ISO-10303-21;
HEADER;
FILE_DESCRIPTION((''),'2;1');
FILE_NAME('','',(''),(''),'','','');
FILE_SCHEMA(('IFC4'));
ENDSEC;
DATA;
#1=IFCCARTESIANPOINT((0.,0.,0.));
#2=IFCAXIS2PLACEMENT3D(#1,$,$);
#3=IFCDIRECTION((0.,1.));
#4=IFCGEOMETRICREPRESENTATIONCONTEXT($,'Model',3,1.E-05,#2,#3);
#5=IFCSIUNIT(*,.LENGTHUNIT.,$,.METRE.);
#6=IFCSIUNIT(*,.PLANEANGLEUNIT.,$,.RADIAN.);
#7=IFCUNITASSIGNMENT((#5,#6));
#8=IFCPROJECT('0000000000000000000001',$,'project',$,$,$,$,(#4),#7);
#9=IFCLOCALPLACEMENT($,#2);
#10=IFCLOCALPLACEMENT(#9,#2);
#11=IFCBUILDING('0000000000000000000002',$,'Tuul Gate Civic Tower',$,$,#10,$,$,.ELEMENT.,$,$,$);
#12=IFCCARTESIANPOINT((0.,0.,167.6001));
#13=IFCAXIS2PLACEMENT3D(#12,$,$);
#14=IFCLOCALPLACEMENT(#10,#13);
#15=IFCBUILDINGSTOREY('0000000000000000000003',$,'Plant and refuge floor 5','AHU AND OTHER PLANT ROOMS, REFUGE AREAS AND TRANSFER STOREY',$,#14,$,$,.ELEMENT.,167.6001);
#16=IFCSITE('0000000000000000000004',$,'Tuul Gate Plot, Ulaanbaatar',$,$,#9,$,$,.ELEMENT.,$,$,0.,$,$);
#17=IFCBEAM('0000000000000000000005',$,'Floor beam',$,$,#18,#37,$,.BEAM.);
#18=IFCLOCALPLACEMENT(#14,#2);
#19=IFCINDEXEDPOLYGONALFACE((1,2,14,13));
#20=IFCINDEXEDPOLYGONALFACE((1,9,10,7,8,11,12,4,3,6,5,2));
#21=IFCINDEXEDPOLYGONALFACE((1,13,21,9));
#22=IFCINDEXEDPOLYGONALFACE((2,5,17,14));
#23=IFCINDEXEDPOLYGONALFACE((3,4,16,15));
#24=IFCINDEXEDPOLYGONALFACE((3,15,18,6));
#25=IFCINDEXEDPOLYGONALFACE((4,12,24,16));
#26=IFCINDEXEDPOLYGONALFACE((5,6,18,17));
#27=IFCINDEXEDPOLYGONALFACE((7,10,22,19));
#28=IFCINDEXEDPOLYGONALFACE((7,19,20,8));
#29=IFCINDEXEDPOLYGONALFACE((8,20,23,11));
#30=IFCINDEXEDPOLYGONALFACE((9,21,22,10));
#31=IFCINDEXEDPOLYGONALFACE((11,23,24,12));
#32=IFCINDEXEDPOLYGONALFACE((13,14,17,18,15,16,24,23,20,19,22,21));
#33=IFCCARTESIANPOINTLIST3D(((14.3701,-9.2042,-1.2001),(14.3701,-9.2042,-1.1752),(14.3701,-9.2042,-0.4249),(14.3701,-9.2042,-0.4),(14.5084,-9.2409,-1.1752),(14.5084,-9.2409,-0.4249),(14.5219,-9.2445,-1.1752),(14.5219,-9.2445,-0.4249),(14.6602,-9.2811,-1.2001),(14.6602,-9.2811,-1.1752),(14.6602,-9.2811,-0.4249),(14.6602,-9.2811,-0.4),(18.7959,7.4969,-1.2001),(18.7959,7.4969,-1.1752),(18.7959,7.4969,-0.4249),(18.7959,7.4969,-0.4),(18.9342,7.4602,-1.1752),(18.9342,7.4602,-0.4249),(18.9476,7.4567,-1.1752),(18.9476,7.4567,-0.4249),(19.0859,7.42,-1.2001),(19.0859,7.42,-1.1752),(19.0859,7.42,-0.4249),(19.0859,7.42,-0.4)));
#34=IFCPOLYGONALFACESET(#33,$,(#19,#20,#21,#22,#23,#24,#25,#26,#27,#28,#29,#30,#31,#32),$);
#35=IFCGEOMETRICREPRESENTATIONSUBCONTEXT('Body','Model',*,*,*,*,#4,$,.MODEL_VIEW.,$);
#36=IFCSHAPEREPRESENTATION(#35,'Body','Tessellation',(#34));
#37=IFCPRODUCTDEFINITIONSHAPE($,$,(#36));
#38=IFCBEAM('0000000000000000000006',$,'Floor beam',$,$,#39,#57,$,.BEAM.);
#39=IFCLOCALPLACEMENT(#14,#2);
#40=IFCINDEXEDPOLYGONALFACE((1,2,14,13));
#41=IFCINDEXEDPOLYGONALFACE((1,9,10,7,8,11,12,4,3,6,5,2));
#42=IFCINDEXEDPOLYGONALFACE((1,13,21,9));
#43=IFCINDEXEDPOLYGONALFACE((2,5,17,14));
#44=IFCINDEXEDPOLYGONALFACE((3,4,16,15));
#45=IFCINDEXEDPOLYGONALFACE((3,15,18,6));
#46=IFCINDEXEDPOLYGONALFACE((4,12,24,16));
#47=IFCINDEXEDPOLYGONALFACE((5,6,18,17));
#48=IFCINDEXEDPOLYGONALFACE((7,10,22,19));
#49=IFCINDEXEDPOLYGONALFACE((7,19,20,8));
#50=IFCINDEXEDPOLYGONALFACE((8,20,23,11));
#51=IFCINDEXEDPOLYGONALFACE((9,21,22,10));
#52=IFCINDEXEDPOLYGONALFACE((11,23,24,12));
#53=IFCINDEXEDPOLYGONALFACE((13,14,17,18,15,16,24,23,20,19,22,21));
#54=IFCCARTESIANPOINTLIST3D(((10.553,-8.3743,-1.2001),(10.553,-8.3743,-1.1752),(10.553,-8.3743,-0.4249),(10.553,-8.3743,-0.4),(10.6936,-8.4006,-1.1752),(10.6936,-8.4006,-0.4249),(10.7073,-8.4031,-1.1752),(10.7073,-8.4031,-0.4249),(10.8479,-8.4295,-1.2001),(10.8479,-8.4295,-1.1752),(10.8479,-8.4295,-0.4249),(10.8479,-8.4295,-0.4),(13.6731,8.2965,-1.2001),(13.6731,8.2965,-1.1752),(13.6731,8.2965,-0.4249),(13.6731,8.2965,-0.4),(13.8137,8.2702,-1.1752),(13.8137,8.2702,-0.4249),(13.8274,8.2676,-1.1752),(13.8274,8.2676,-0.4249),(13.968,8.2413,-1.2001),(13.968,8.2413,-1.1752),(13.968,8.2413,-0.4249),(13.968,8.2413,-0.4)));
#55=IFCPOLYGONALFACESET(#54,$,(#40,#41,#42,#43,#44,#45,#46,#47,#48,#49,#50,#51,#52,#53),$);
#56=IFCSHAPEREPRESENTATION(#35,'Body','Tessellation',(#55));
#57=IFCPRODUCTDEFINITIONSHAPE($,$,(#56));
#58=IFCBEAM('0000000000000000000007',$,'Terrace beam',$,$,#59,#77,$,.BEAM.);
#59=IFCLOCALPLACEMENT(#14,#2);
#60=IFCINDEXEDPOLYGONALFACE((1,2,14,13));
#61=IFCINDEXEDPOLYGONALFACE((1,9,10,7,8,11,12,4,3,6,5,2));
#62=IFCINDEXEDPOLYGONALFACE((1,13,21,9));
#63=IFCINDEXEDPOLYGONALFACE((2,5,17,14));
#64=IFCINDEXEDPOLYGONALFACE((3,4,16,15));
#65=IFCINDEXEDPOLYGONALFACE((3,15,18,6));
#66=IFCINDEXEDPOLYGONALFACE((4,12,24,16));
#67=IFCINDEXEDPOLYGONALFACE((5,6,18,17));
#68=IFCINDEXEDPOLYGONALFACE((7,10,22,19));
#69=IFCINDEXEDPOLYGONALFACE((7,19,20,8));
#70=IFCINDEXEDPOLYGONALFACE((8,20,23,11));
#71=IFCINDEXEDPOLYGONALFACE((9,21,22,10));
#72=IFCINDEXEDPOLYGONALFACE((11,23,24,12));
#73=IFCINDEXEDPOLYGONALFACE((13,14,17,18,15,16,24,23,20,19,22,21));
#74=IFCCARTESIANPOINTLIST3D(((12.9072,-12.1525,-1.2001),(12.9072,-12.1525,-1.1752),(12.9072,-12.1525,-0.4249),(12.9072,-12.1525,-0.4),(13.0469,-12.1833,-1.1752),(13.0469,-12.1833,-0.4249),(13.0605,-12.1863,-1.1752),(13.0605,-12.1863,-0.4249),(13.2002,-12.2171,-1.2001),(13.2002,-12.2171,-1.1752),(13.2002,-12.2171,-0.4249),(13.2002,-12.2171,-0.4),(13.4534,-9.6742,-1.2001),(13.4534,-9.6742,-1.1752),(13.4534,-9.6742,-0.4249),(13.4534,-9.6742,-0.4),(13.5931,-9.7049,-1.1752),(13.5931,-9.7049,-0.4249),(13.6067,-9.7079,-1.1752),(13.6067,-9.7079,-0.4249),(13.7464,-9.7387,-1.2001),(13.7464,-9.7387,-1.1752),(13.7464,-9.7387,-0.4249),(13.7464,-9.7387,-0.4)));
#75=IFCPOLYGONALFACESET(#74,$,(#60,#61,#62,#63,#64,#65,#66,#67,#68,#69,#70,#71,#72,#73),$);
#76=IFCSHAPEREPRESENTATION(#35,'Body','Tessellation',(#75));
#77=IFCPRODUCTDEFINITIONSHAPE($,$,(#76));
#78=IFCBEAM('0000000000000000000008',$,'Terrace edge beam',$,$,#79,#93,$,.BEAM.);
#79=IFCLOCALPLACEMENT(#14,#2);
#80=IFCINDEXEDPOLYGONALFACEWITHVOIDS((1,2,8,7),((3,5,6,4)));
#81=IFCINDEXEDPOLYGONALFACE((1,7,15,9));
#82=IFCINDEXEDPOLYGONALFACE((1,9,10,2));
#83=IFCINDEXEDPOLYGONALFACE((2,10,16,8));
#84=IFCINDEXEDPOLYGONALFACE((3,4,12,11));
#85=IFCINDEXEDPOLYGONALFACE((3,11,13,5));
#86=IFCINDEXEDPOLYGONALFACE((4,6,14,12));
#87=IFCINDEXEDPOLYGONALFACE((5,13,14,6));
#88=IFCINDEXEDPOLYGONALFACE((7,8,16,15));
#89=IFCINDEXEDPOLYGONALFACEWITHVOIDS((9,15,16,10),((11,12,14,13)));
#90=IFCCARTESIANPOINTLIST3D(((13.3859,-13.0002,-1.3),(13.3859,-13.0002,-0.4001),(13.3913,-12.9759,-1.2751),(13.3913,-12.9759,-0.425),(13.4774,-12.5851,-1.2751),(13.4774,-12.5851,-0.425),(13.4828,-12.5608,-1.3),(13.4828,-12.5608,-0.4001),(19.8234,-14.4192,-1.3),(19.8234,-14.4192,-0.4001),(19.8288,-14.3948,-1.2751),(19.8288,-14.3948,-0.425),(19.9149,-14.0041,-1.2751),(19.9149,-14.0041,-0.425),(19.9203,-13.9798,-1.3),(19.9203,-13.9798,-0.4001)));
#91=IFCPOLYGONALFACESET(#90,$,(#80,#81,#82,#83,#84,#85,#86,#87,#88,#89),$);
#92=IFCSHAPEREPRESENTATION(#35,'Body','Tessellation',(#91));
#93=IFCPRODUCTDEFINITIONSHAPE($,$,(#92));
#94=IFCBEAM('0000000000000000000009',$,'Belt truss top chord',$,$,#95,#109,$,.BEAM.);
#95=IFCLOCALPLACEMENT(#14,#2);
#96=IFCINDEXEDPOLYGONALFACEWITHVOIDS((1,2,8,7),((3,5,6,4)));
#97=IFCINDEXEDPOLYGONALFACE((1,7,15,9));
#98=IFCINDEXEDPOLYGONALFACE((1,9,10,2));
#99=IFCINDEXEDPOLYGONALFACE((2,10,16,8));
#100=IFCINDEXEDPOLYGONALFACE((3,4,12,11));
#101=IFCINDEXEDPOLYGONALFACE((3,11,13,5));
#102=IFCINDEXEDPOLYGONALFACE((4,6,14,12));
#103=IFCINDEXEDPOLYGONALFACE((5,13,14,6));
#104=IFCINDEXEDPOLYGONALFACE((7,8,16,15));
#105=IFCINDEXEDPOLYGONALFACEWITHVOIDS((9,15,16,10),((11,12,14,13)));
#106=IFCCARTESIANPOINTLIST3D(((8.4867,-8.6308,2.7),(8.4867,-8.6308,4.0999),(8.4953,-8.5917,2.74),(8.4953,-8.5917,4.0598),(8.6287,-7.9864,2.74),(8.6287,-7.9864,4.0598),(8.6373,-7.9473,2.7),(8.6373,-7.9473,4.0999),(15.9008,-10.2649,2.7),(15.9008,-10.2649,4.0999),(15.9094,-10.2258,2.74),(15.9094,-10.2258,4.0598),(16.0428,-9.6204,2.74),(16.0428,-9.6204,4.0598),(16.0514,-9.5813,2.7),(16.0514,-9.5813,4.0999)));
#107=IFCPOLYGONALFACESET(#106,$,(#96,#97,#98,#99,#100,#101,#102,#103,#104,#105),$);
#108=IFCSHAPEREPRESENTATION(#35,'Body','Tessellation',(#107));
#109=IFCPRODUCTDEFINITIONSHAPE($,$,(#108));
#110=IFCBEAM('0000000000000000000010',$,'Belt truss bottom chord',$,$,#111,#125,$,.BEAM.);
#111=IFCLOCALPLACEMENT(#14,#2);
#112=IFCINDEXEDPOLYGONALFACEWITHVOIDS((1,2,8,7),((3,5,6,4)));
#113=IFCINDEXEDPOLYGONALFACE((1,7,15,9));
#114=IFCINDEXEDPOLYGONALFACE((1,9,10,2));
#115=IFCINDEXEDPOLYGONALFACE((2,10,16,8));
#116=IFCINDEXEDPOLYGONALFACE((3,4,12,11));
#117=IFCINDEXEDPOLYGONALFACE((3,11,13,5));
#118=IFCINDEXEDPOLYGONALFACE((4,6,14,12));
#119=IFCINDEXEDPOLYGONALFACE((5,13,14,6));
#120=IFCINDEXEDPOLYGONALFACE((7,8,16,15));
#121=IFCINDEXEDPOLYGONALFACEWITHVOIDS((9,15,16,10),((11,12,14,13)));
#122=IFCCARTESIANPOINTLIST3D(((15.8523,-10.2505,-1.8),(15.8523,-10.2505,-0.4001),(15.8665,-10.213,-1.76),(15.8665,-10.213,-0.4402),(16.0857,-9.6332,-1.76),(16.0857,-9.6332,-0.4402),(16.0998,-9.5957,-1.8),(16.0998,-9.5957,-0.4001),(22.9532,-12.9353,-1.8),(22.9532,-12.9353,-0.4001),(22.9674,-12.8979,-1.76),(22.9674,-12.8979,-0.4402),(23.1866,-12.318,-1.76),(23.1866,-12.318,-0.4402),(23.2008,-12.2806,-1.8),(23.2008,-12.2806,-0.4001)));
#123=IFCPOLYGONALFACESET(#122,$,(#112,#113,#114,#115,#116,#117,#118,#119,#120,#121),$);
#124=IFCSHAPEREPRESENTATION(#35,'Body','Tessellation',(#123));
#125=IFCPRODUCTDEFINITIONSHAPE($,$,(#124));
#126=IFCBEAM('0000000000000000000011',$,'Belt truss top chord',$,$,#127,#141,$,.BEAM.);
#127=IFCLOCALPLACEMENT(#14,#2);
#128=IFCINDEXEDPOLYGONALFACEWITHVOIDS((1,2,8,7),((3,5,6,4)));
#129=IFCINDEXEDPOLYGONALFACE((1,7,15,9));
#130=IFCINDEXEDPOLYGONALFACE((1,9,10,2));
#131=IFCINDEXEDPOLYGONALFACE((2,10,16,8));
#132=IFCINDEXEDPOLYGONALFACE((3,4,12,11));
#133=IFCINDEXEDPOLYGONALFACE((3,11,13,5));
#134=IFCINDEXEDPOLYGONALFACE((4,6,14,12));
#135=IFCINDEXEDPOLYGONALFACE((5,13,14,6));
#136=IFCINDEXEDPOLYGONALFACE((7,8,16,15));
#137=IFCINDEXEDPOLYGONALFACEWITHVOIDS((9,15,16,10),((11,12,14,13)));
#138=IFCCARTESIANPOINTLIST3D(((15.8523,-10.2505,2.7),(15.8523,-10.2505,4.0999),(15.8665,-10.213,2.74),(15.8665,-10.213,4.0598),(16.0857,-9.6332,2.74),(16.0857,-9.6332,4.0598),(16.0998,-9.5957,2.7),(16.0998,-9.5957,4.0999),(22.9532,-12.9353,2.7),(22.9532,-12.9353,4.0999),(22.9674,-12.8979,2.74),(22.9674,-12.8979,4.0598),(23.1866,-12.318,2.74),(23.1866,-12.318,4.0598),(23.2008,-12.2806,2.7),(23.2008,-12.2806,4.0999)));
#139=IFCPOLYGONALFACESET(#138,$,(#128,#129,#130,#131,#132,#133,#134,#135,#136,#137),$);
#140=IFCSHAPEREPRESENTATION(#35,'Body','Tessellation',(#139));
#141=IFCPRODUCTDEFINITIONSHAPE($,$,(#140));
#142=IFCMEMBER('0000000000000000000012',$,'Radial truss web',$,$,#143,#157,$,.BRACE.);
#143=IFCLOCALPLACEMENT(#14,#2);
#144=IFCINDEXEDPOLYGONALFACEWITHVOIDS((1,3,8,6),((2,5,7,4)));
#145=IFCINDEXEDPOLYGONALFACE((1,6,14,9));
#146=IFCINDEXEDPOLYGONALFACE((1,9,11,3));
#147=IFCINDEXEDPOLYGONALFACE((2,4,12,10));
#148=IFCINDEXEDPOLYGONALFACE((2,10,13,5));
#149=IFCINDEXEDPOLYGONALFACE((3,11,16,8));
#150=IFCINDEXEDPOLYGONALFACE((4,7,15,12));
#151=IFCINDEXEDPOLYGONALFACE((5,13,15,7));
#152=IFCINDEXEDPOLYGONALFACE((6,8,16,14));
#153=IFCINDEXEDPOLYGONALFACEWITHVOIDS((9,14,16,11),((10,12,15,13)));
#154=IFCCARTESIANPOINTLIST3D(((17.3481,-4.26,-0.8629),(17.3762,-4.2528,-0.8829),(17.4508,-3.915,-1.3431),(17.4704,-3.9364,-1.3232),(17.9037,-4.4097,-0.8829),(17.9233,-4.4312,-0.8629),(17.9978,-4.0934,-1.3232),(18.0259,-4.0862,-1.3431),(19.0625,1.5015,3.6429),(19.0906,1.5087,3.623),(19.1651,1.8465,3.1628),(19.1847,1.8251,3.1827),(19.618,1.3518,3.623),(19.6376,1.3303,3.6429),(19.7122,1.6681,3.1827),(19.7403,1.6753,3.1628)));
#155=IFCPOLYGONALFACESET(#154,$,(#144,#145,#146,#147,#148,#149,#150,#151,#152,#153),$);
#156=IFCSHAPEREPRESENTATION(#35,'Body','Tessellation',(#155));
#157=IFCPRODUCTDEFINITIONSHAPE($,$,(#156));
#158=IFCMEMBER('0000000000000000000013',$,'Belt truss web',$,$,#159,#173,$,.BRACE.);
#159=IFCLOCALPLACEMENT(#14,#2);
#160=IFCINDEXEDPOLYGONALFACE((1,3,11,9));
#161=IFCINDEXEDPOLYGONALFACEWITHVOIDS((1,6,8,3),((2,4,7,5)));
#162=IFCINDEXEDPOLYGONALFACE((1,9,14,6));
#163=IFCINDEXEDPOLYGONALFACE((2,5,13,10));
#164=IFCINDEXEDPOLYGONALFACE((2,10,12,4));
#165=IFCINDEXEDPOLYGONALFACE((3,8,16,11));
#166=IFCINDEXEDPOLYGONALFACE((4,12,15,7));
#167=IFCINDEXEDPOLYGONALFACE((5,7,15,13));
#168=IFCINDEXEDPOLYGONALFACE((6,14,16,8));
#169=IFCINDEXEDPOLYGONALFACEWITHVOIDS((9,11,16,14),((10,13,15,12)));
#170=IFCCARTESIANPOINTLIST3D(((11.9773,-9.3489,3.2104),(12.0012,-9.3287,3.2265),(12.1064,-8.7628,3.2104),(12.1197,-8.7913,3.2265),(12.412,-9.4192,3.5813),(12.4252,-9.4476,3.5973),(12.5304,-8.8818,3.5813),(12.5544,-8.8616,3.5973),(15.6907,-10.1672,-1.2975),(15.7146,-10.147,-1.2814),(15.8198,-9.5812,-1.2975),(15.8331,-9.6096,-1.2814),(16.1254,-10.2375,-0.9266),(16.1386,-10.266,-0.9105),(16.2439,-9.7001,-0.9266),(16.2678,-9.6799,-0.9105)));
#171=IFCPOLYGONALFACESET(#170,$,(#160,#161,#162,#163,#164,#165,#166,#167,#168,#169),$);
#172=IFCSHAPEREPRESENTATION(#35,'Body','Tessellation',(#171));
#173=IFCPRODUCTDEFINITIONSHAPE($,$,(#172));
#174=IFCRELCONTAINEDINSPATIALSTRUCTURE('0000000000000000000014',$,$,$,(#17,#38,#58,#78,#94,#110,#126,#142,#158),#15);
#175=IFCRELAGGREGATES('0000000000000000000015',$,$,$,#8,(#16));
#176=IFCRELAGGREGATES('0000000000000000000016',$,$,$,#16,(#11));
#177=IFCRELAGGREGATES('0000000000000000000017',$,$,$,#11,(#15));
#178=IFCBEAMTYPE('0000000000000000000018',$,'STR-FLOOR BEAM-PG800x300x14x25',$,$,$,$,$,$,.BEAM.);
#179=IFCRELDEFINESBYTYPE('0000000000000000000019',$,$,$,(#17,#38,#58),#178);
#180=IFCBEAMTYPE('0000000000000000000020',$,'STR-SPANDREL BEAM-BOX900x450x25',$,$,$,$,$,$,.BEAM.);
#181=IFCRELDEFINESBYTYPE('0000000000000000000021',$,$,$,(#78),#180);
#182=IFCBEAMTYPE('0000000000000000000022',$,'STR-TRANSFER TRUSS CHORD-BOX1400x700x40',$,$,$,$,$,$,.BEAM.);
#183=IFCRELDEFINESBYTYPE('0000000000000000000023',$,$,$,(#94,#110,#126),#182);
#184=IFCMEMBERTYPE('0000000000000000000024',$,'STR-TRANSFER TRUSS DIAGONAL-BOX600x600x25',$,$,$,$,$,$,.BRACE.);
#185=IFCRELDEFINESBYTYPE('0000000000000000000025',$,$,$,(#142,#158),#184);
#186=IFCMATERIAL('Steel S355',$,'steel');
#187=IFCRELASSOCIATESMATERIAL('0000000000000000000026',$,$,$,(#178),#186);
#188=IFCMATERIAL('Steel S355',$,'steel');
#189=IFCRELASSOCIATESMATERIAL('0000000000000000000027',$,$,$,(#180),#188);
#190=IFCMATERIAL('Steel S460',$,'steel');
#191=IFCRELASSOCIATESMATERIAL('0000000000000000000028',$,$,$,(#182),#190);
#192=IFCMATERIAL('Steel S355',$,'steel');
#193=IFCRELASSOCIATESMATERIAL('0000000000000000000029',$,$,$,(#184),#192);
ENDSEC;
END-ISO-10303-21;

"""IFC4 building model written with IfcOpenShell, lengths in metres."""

from ifc_helpers import new_model, si_unit, direction, frame, origin, origin_2d, place, context, subcontext, project, spatial, hollow_rectangle, i_section, extrude, material, material_profile, profile_set, type_object, element, save


model = new_model("IFC4")

# Units and contexts
model_context = context("Model", 3, precision=1e-05, world=origin(), true_north=direction((0.0, 1.0)))
body_context = subcontext(model_context, "Body", "Model", "MODEL_VIEW")
ifc_project = project(units=[si_unit("LENGTHUNIT", "METRE"), si_unit("PLANEANGLEUNIT", "RADIAN")], contexts=[model_context])

# Site, building, storey
site_placement = place(None, origin())
site = spatial("IfcSite", under=ifc_project, at=site_placement, Name="Tuul Gate Plot, Ulaanbaatar", CompositionType="ELEMENT", RefElevation=0.0)
building_placement = place(site_placement, origin())
building = spatial("IfcBuilding", under=site, at=building_placement, Name="Tuul Gate Civic Tower", CompositionType="ELEMENT")
storey_placement = place(building_placement, frame((0.0, 0.0, 167.6001)))
storey = spatial("IfcBuildingStorey", under=building, at=storey_placement, Name="Plant and refuge floor 5", Description="AHU AND OTHER PLANT ROOMS, REFUGE AREAS AND TRANSFER STOREY", CompositionType="ELEMENT", Elevation=167.6001)

# Beams
ifc_material_1 = material(Name="Steel S355", Category="steel")
ifc_material_profile_1 = material_profile(ifc_material_1, i_section(OverallWidth=0.3, OverallDepth=0.8, WebThickness=0.0139, FlangeThickness=0.0249, at=origin_2d()), Name="PG800x300x14x25")
ifc_profile_set_1 = profile_set([ifc_material_profile_1], Name="Steel S355")
beam_type_1 = type_object("IfcBeamType", Name="STR-FLOOR BEAM-PG800x300x14x25", PredefinedType="BEAM", material=ifc_profile_set_1)
beam_1_placement = place(storey_placement, frame((14.5151, -9.2427, -0.8), z_axis=(0.256157, 0.966635, 0.0), x_axis=(-0.966635, 0.256157, 0.0)))
element("IfcBeam", 1, at=beam_1_placement, inside=storey, type_object=beam_type_1, Name="Floor beam", PredefinedType="BEAM", context=body_context, shape_type="SweptSolid", body=[
    extrude(i_section(OverallWidth=0.3, OverallDepth=0.8, WebThickness=0.0139, FlangeThickness=0.0249, at=origin_2d()), origin(), (0.0, 0.0, 1.0), 17.2776),
])
beam_2_placement = place(storey_placement, frame((10.7004, -8.4019, -0.8), z_axis=(0.183968, 0.982932, 0.0), x_axis=(-0.982932, 0.183968, 0.0)))
element("IfcBeam", 2, at=beam_2_placement, inside=storey, type_object=beam_type_1, Name="Floor beam", PredefinedType="BEAM", context=body_context, shape_type="SweptSolid", body=[
    extrude(i_section(OverallWidth=0.3, OverallDepth=0.8, WebThickness=0.0139, FlangeThickness=0.0249, at=origin_2d()), origin(), (0.0, 0.0, 1.0), 16.9602),
])
beam_3_placement = place(storey_placement, frame((13.0537, -12.1848, -0.8), z_axis=(0.215209, 0.976568, 0.0), x_axis=(-0.976568, 0.215209, 0.0)))
element("IfcBeam", 3, at=beam_3_placement, inside=storey, type_object=beam_type_1, Name="Terrace beam", PredefinedType="BEAM", context=body_context, shape_type="SweptSolid", body=[
    extrude(i_section(OverallWidth=0.3, OverallDepth=0.8, WebThickness=0.0139, FlangeThickness=0.0249, at=origin_2d()), origin(), (0.0, 0.0, 1.0), 2.5378),
])
ifc_material_2 = material(Name="Steel S355", Category="steel")
ifc_material_profile_2 = material_profile(ifc_material_2, hollow_rectangle(XDim=0.45, YDim=0.8999, WallThickness=0.0249, at=origin_2d()), Name="BOX900x450x25")
ifc_profile_set_2 = profile_set([ifc_material_profile_2], Name="Steel S355")
beam_type_2 = type_object("IfcBeamType", Name="STR-SPANDREL BEAM-BOX900x450x25", PredefinedType="BEAM", material=ifc_profile_set_2)
beam_4_placement = place(storey_placement, frame((13.4343, -12.7805, -0.8501), z_axis=(0.976559, -0.215252, 0.0), x_axis=(0.215252, 0.976559, 0.0)))
element("IfcBeam", 4, at=beam_4_placement, inside=storey, type_object=beam_type_2, Name="Terrace edge beam", PredefinedType="BEAM", context=body_context, shape_type="SweptSolid", body=[
    extrude(hollow_rectangle(XDim=0.45, YDim=0.8999, WallThickness=0.0249, at=origin_2d()), origin(), (0.0, 0.0, 1.0), 6.592),
])
ifc_material_3 = material(Name="Steel S460", Category="steel")
ifc_material_profile_3 = material_profile(ifc_material_3, hollow_rectangle(XDim=0.7, YDim=1.3999, WallThickness=0.04, at=origin_2d()), Name="BOX1400x700x40")
ifc_profile_set_3 = profile_set([ifc_material_profile_3], Name="Steel S460")
beam_type_3 = type_object("IfcBeamType", Name="STR-TRANSFER TRUSS CHORD-BOX1400x700x40", PredefinedType="BEAM", material=ifc_profile_set_3)
beam_5_placement = place(storey_placement, frame((8.562, -8.2891, 3.3999), z_axis=(0.976563, -0.215231, 0.0), x_axis=(0.215231, 0.976563, 0.0)))
element("IfcBeam", 5, at=beam_5_placement, inside=storey, type_object=beam_type_3, Name="Belt truss top chord", PredefinedType="BEAM", context=body_context, shape_type="SweptSolid", body=[
    extrude(hollow_rectangle(XDim=0.7, YDim=1.3999, WallThickness=0.04, at=origin_2d()), origin(), (0.0, 0.0, 1.0), 7.592),
])
for number, where, z_axis, x_axis, name in (
    (6, (15.9761, -9.9231, -1.1001), (0.935373, -0.353663, 0.0), (0.353663, 0.935373, 0.0), "Belt truss bottom chord"),
    (7, (15.9761, -9.9231, 3.3999), (0.935373, -0.353663, 0.0), (0.353663, 0.935373, 0.0), "Belt truss top chord"),
):
    element("IfcBeam", number, at=place(storey_placement, frame(where, z_axis=z_axis, x_axis=x_axis)), inside=storey, type_object=beam_type_3, Name=name, PredefinedType="BEAM", context=body_context, shape_type="SweptSolid", body=[
        extrude(hollow_rectangle(XDim=0.7, YDim=1.3999, WallThickness=0.04, at=origin_2d()), origin(), (0.0, 0.0, 1.0), 7.5916),
    ])

# Members
ifc_material_4 = material(Name="Steel S355", Category="steel")
ifc_material_profile_4 = material_profile(ifc_material_4, hollow_rectangle(XDim=0.6001, YDim=0.6001, WallThickness=0.0249, at=origin_2d()), Name="BOX600x600x25")
ifc_profile_set_4 = profile_set([ifc_material_profile_4], Name="Steel S355")
member_type_1 = type_object("IfcMemberType", Name="STR-TRANSFER TRUSS DIAGONAL-BOX600x600x25", PredefinedType="BRACE", material=ifc_profile_set_4)
member_1_placement = place(storey_placement, frame((17.687, -4.1731, -1.103), z_axis=(0.228203, 0.766927, 0.599788), x_axis=(-0.958469, 0.285197, 0.0)))
element("IfcMember", 8, at=member_1_placement, inside=storey, type_object=member_type_1, Name="Radial truss web", PredefinedType="BRACE", context=body_context, shape_type="SweptSolid", body=[
    extrude(hollow_rectangle(XDim=0.6001, YDim=0.6001, WallThickness=0.0249, at=origin_2d()), origin(), (0.0, 0.0, 1.0), 7.5125),
])
member_2_placement = place(storey_placement, frame((15.9792, -9.9236, -1.104), z_axis=(-0.629664, 0.138766, 0.764373), x_axis=(-0.215217, -0.976566, 0.0)))
element("IfcMember", 9, at=member_2_placement, inside=storey, type_object=member_type_1, Name="Belt truss web", PredefinedType="BRACE", context=body_context, shape_type="SweptSolid", body=[
    extrude(hollow_rectangle(XDim=0.6001, YDim=0.6001, WallThickness=0.0249, at=origin_2d()), origin(), (0.0, 0.0, 1.0), 5.8975),
])

save(model, "model.ifc")
